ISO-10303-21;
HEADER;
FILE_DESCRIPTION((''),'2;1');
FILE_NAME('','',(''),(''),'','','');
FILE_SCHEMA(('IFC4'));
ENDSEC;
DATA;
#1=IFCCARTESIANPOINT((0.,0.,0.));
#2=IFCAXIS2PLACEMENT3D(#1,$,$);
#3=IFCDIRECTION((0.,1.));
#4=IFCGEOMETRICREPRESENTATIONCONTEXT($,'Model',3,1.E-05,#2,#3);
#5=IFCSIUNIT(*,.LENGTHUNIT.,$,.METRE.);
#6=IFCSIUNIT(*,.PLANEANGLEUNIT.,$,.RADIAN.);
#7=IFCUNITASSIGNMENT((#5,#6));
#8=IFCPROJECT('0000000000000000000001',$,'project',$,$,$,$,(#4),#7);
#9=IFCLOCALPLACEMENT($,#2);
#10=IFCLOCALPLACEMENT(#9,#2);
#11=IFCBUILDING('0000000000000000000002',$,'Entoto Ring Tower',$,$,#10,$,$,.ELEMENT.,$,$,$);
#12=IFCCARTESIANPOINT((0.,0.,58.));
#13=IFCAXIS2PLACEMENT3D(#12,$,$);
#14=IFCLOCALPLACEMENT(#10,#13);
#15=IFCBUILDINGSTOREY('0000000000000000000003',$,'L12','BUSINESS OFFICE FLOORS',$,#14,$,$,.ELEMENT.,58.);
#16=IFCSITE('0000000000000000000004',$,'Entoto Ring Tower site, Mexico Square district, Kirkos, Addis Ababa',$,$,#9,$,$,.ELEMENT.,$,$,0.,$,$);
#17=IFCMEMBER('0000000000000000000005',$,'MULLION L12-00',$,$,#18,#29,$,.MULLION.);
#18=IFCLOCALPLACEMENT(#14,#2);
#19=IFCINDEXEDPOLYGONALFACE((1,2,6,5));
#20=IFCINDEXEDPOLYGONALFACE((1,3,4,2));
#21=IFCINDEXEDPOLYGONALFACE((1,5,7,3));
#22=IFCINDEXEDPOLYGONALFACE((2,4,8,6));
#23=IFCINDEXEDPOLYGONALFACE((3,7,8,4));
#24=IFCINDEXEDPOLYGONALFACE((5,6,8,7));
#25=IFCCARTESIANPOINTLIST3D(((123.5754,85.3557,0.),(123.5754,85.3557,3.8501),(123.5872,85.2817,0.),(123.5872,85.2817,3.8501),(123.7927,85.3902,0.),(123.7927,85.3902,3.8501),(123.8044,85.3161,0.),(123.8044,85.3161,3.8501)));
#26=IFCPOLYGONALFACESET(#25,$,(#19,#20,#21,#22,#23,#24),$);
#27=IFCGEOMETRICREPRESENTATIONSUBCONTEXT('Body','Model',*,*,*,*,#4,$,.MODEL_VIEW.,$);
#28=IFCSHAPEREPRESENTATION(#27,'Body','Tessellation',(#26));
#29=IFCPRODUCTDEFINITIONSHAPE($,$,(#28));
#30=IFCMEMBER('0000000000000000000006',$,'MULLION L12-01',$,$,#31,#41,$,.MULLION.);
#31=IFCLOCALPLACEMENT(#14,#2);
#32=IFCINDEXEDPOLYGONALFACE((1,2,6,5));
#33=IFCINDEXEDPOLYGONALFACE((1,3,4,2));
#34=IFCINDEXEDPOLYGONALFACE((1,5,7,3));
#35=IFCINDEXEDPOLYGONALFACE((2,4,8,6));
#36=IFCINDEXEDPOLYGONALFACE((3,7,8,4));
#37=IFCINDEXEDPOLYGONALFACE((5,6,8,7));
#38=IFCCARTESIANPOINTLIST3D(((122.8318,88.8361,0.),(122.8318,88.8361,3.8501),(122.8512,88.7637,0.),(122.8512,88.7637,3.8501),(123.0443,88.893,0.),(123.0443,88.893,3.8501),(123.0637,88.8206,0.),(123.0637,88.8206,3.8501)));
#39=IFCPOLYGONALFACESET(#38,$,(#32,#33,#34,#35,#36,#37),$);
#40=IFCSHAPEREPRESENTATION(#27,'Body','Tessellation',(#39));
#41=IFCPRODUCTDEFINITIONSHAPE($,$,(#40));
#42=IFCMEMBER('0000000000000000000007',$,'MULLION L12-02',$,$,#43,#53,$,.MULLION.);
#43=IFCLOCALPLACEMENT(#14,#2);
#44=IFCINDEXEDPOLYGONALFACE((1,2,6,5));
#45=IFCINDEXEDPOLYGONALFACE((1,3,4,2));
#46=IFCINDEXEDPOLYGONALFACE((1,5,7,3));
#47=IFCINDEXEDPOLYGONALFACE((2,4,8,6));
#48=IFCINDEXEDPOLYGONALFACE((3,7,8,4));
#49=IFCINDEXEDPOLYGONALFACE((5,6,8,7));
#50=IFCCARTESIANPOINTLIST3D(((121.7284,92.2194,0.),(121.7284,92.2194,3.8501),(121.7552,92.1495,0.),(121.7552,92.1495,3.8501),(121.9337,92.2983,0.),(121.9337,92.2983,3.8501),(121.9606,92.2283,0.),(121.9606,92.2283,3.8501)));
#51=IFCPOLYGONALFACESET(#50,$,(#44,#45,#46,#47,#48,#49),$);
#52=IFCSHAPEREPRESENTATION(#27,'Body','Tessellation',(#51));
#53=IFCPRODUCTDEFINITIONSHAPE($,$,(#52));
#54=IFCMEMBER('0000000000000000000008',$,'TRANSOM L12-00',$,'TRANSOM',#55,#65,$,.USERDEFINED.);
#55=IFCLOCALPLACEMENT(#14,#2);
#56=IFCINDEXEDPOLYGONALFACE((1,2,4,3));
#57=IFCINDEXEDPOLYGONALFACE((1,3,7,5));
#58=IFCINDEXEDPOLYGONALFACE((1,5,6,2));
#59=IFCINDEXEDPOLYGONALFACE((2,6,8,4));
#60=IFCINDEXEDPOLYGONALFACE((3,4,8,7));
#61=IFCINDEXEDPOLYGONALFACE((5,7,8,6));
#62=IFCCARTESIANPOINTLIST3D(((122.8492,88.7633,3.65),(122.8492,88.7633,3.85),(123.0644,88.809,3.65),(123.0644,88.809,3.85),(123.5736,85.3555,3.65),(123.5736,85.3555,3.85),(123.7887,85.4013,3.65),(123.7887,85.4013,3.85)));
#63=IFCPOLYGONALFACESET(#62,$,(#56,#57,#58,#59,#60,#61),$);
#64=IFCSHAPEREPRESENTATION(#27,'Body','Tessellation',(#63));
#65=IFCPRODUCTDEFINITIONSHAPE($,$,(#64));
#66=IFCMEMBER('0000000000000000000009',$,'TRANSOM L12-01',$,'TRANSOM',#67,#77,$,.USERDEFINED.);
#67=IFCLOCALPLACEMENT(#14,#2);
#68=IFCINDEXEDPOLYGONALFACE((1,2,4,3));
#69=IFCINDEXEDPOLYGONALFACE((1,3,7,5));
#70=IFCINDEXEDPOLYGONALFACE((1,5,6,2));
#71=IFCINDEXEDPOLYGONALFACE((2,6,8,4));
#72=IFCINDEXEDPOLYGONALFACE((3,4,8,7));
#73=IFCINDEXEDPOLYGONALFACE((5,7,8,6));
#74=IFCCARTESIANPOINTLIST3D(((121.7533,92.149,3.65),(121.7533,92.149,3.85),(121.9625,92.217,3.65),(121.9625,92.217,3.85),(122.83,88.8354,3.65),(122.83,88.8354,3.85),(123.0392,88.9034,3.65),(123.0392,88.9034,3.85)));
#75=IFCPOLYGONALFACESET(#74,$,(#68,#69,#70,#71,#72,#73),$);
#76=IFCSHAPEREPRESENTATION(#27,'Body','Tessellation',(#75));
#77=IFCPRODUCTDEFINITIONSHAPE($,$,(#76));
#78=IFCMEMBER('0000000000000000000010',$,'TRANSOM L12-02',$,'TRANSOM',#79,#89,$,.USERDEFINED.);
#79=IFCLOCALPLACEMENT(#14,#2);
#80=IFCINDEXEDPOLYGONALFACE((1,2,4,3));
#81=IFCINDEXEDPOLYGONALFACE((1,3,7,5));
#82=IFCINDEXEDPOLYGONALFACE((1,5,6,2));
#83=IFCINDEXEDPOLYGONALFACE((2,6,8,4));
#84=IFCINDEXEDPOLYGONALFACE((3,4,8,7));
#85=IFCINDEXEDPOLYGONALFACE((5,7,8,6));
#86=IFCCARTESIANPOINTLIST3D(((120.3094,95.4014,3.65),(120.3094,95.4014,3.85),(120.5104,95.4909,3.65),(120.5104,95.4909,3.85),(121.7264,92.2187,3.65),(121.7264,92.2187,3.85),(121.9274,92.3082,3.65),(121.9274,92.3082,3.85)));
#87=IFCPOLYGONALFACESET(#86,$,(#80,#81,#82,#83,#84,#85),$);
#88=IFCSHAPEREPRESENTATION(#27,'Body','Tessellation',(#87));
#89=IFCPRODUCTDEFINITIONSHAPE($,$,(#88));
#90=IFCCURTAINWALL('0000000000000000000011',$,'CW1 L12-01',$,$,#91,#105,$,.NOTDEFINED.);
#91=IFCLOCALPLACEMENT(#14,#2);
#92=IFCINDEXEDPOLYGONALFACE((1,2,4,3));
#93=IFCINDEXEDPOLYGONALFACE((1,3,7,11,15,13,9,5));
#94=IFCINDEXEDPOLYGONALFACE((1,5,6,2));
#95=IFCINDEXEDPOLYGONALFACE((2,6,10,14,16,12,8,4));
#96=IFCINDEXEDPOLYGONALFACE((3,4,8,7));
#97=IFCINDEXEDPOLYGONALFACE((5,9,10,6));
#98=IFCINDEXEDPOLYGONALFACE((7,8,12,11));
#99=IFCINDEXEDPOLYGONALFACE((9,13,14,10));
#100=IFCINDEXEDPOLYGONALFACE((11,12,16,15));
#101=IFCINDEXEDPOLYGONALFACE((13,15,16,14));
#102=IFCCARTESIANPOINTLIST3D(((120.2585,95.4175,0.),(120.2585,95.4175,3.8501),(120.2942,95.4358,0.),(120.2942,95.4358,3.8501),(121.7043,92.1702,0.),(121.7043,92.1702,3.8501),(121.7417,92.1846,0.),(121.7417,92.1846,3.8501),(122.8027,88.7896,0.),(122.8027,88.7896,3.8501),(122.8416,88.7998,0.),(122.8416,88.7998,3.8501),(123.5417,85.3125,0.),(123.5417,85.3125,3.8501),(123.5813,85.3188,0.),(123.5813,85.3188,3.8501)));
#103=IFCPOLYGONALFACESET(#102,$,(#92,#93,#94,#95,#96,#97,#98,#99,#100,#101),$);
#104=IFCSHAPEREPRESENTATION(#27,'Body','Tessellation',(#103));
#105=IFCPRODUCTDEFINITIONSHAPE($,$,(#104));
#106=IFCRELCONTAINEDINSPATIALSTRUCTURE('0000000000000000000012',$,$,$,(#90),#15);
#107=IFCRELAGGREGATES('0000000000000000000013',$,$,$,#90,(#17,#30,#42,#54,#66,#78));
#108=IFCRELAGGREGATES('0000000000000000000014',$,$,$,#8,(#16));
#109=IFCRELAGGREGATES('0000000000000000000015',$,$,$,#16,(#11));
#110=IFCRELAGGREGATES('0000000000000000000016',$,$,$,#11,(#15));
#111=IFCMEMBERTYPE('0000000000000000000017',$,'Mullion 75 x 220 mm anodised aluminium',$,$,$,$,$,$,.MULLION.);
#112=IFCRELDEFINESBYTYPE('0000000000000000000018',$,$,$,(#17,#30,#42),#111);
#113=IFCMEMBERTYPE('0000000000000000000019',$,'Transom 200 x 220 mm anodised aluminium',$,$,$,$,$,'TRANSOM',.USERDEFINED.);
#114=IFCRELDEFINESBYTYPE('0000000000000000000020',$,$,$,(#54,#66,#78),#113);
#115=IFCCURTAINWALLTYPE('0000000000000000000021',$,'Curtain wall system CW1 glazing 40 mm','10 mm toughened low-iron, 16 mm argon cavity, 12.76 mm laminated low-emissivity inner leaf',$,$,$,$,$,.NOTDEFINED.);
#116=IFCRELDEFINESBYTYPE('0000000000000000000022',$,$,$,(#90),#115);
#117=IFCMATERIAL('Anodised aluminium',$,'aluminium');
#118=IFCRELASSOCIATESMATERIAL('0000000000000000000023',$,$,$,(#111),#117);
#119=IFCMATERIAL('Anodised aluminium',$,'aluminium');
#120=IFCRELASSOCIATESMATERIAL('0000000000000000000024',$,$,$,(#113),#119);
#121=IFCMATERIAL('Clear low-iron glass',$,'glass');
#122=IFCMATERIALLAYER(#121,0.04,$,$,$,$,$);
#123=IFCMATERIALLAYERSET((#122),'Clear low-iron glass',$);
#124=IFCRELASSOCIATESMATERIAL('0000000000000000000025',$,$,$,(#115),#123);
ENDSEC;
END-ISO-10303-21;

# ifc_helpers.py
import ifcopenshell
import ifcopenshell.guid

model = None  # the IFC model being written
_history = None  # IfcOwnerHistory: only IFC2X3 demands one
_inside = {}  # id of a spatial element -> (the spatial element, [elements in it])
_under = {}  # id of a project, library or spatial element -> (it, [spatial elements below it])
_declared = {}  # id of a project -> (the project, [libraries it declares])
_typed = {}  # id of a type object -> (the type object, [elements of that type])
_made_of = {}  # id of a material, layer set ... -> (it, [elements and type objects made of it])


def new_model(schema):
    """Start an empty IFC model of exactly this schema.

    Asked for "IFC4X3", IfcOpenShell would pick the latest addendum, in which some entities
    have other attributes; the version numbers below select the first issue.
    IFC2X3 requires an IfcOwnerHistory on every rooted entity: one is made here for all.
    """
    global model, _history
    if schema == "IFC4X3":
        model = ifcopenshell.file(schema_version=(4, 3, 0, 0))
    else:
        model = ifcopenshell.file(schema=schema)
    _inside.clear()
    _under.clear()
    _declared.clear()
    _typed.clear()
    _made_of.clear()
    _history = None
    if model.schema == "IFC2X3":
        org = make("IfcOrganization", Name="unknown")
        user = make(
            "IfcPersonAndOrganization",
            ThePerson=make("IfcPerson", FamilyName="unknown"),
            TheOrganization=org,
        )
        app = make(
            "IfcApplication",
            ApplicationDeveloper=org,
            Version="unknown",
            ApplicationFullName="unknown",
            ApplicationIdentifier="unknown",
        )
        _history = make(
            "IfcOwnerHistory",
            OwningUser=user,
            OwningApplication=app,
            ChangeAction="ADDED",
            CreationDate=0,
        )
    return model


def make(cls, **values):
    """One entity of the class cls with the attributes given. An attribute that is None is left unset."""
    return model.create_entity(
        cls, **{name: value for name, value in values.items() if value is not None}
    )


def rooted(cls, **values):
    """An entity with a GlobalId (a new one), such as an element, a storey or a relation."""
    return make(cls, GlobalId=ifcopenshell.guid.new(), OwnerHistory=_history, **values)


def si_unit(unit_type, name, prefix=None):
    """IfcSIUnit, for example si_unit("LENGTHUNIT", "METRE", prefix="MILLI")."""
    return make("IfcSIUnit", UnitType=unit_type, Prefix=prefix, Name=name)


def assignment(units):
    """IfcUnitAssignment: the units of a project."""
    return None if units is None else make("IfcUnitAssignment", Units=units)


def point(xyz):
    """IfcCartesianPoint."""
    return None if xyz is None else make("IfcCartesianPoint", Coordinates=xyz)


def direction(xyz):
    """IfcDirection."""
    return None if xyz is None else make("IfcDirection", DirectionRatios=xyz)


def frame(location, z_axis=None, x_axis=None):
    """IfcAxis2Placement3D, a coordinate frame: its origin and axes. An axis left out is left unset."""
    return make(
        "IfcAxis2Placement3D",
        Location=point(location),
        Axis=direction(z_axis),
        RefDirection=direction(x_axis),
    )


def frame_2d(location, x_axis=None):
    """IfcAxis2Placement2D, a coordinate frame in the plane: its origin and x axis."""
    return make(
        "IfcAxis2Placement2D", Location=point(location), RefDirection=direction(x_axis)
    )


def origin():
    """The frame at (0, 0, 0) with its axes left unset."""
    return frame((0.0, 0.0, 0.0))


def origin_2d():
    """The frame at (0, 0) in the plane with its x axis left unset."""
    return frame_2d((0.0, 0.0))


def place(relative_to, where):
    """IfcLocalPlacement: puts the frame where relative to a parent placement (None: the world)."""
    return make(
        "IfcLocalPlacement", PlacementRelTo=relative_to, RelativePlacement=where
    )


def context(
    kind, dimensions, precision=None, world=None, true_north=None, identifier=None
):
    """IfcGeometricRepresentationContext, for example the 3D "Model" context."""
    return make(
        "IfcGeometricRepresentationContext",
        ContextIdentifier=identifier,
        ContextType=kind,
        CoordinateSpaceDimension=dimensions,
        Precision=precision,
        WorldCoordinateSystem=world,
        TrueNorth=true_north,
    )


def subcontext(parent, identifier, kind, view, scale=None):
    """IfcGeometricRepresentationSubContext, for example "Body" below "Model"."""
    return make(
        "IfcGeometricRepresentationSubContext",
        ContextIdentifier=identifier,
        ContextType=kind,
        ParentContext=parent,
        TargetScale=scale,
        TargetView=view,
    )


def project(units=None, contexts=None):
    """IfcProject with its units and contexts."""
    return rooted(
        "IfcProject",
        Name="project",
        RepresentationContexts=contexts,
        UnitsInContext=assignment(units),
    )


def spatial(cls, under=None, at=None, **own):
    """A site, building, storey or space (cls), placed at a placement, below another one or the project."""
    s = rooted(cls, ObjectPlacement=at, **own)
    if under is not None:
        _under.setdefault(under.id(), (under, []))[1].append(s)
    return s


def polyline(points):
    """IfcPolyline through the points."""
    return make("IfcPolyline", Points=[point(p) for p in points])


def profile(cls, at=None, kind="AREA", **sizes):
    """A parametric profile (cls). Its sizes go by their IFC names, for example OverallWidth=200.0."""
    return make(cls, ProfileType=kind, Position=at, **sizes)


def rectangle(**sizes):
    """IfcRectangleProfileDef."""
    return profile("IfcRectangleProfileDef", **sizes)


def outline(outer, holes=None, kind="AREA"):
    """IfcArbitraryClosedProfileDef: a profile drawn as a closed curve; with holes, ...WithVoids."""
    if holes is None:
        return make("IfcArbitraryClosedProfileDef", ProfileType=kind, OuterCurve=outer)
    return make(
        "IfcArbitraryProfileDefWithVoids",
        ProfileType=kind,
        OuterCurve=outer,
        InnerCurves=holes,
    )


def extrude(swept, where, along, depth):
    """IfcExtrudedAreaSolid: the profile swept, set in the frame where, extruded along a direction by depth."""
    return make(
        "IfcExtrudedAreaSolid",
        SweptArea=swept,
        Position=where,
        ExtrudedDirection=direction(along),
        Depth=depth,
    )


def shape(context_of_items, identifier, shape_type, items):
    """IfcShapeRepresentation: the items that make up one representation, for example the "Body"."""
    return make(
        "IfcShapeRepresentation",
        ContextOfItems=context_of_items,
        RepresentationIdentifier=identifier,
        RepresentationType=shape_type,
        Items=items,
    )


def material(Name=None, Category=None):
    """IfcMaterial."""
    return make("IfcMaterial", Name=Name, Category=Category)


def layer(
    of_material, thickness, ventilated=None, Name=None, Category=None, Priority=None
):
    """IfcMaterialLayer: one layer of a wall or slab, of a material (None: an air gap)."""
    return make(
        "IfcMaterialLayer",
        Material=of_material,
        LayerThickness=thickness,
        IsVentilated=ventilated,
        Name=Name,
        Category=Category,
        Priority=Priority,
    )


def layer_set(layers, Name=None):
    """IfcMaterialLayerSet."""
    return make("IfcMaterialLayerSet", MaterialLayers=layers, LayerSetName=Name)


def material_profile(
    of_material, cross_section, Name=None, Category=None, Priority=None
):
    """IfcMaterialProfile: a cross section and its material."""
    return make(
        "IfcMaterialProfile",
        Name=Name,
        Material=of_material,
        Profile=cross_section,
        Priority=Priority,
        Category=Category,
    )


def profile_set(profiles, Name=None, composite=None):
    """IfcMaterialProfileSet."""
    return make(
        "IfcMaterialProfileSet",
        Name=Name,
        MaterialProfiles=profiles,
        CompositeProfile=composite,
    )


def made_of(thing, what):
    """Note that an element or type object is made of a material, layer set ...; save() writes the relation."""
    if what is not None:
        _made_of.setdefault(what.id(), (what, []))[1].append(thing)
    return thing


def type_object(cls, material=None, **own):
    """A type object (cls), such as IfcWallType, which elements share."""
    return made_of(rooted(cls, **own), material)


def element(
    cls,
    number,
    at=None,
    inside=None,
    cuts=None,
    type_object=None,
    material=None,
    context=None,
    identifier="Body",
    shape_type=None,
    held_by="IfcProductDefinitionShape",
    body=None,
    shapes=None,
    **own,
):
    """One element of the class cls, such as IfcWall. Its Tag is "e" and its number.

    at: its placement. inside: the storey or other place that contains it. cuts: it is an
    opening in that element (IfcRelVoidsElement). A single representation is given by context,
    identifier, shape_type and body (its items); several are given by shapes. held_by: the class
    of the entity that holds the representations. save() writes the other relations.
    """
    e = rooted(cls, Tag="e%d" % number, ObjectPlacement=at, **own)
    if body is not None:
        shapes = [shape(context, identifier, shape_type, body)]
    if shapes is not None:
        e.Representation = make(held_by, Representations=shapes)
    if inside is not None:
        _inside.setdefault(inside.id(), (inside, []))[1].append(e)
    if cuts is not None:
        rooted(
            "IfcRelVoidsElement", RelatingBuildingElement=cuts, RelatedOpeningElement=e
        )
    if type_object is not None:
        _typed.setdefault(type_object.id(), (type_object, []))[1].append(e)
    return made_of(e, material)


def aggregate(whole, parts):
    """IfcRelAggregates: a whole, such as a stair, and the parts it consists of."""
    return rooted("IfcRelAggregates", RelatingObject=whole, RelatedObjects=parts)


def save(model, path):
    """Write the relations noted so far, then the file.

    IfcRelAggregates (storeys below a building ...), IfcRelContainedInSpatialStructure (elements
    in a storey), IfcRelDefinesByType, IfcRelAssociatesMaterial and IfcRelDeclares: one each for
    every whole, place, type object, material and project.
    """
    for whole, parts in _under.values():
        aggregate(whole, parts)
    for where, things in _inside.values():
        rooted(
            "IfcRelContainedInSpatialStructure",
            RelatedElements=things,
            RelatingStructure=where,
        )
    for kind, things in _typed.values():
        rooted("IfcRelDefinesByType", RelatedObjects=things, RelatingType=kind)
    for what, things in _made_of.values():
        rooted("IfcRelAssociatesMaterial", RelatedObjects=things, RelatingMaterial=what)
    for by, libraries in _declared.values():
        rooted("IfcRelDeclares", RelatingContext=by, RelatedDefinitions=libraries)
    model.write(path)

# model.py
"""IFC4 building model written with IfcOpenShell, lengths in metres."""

from ifc_helpers import new_model, si_unit, direction, frame, origin, origin_2d, place, context, subcontext, project, spatial, polyline, rectangle, outline, extrude, material, layer, layer_set, material_profile, profile_set, type_object, element, aggregate, save


model = new_model("IFC4")

# Units and contexts
model_context = context("Model", 3, precision=1e-05, world=origin(), true_north=direction((0.0, 1.0)))
body_context = subcontext(model_context, "Body", "Model", "MODEL_VIEW")
ifc_project = project(units=[si_unit("LENGTHUNIT", "METRE"), si_unit("PLANEANGLEUNIT", "RADIAN")], contexts=[model_context])

# Members
ifc_material_1 = material(Name="Anodised aluminium", Category="aluminium")
ifc_material_profile_1 = material_profile(ifc_material_1, rectangle(XDim=0.075, YDim=0.22, at=origin_2d()), Name="Mullion 75 x 220 mm anodised aluminium")
ifc_profile_set_1 = profile_set([ifc_material_profile_1], Name="Anodised aluminium")
member_type_1 = type_object("IfcMemberType", Name="Mullion 75 x 220 mm anodised aluminium", PredefinedType="MULLION", material=ifc_profile_set_1)
site_placement = place(None, origin())
building_placement = place(site_placement, origin())
storey_placement = place(building_placement, frame((0.0, 0.0, 58.0)))
member_1_placement = place(storey_placement, frame((123.6899, 85.3359, 0.0), z_axis=(0.0, 0.0, 1.0), x_axis=(-0.156434, 0.987688, 0.0)))
member_1 = element("IfcMember", 1, at=member_1_placement, type_object=member_type_1, Name="MULLION L12-00", PredefinedType="MULLION", context=body_context, shape_type="SweptSolid", body=[
    extrude(rectangle(XDim=0.075, YDim=0.22, at=origin_2d()), origin(), (0.0, 0.0, 1.0), 3.8501),
])
member_2_placement = place(storey_placement, frame((122.9478, 88.8284, 0.0), z_axis=(0.0, 0.0, 1.0), x_axis=(-0.258819, 0.965926, 0.0)))
member_2 = element("IfcMember", 2, at=member_2_placement, type_object=member_type_1, Name="MULLION L12-01", PredefinedType="MULLION", context=body_context, shape_type="SweptSolid", body=[
    extrude(rectangle(XDim=0.075, YDim=0.22, at=origin_2d()), origin(), (0.0, 0.0, 1.0), 3.8501),
])
member_3_placement = place(storey_placement, frame((121.8445, 92.2239, 0.0), z_axis=(0.0, 0.0, 1.0), x_axis=(-0.358368, 0.93358, 0.0)))
member_3 = element("IfcMember", 3, at=member_3_placement, type_object=member_type_1, Name="MULLION L12-02", PredefinedType="MULLION", context=body_context, shape_type="SweptSolid", body=[
    extrude(rectangle(XDim=0.075, YDim=0.22, at=origin_2d()), origin(), (0.0, 0.0, 1.0), 3.8501),
])
ifc_material_2 = material(Name="Anodised aluminium", Category="aluminium")
ifc_material_profile_2 = material_profile(ifc_material_2, rectangle(XDim=0.22, YDim=0.2, at=origin_2d()), Name="Transom 200 x 220 mm anodised aluminium")
ifc_profile_set_2 = profile_set([ifc_material_profile_2], Name="Anodised aluminium")
member_type_2 = type_object("IfcMemberType", Name="Transom 200 x 220 mm anodised aluminium", ElementType="TRANSOM", PredefinedType="USERDEFINED", material=ifc_profile_set_2)
member_4_placement = place(storey_placement, frame((123.6812, 85.3784, 3.75), z_axis=(-0.207921, 0.978146, 0.0), x_axis=(-0.978146, -0.207921, 0.0)))
member_4 = element("IfcMember", 4, at=member_4_placement, type_object=member_type_2, Name="TRANSOM L12-00", ObjectType="TRANSOM", PredefinedType="USERDEFINED", context=body_context, shape_type="SweptSolid", body=[
    extrude(rectangle(XDim=0.22, YDim=0.2, at=origin_2d()), origin(), (0.0, 0.0, 1.0), 3.4839),
])
member_5_placement = place(storey_placement, frame((122.9346, 88.8694, 3.75), z_axis=(-0.309029, 0.951053, 0.0), x_axis=(-0.951053, -0.309029, 0.0)))
member_5 = element("IfcMember", 5, at=member_5_placement, type_object=member_type_2, Name="TRANSOM L12-01", ObjectType="TRANSOM", PredefinedType="USERDEFINED", context=body_context, shape_type="SweptSolid", body=[
    extrude(rectangle(XDim=0.22, YDim=0.2, at=origin_2d()), origin(), (0.0, 0.0, 1.0), 3.4841),
])
member_6_placement = place(storey_placement, frame((121.8269, 92.2634, 3.75), z_axis=(-0.406737, 0.913545, 0.0), x_axis=(-0.913545, -0.406737, 0.0)))
member_6 = element("IfcMember", 6, at=member_6_placement, type_object=member_type_2, Name="TRANSOM L12-02", ObjectType="TRANSOM", PredefinedType="USERDEFINED", context=body_context, shape_type="SweptSolid", body=[
    extrude(rectangle(XDim=0.22, YDim=0.2, at=origin_2d()), origin(), (0.0, 0.0, 1.0), 3.4839),
])

# Site, building, storey
site = spatial("IfcSite", under=ifc_project, at=site_placement, Name="Entoto Ring Tower site, Mexico Square district, Kirkos, Addis Ababa", CompositionType="ELEMENT", RefElevation=0.0)
building = spatial("IfcBuilding", under=site, at=building_placement, Name="Entoto Ring Tower", CompositionType="ELEMENT")
storey = spatial("IfcBuildingStorey", under=building, at=storey_placement, Name="L12", Description="BUSINESS OFFICE FLOORS", CompositionType="ELEMENT", Elevation=58.0)

# Curtain wall
ifc_material_3 = material(Name="Clear low-iron glass", Category="glass")
ifc_layer_1 = layer(ifc_material_3, 0.04)
ifc_layer_set_1 = layer_set([ifc_layer_1], Name="Clear low-iron glass")
curtain_wall_type = type_object("IfcCurtainWallType", Name="Curtain wall system CW1 glazing 40 mm", Description="10 mm toughened low-iron, 16 mm argon cavity, 12.76 mm laminated low-emissivity inner leaf", PredefinedType="NOTDEFINED", material=ifc_layer_set_1)
curtain_wall_1_placement = place(storey_placement, origin())
curtain_wall_1 = element("IfcCurtainWall", 7, at=curtain_wall_1_placement, inside=storey, type_object=curtain_wall_type, Name="CW1 L12-01", PredefinedType="NOTDEFINED", context=body_context, shape_type="SweptSolid", body=[
    extrude(outline(polyline([(123.5813, 85.3188), (122.8416, 88.7998), (121.7417, 92.1846), (120.2942, 95.4358), (120.2585, 95.4175), (121.7043, 92.1702), (122.8027, 88.7896), (123.5417, 85.3125), (123.5813, 85.3188)])), origin(), (0.0, 0.0, 1.0), 3.8501),
])
aggregate(curtain_wall_1, [member_1, member_2, member_3, member_4, member_5, member_6])

save(model, "model.ifc")
